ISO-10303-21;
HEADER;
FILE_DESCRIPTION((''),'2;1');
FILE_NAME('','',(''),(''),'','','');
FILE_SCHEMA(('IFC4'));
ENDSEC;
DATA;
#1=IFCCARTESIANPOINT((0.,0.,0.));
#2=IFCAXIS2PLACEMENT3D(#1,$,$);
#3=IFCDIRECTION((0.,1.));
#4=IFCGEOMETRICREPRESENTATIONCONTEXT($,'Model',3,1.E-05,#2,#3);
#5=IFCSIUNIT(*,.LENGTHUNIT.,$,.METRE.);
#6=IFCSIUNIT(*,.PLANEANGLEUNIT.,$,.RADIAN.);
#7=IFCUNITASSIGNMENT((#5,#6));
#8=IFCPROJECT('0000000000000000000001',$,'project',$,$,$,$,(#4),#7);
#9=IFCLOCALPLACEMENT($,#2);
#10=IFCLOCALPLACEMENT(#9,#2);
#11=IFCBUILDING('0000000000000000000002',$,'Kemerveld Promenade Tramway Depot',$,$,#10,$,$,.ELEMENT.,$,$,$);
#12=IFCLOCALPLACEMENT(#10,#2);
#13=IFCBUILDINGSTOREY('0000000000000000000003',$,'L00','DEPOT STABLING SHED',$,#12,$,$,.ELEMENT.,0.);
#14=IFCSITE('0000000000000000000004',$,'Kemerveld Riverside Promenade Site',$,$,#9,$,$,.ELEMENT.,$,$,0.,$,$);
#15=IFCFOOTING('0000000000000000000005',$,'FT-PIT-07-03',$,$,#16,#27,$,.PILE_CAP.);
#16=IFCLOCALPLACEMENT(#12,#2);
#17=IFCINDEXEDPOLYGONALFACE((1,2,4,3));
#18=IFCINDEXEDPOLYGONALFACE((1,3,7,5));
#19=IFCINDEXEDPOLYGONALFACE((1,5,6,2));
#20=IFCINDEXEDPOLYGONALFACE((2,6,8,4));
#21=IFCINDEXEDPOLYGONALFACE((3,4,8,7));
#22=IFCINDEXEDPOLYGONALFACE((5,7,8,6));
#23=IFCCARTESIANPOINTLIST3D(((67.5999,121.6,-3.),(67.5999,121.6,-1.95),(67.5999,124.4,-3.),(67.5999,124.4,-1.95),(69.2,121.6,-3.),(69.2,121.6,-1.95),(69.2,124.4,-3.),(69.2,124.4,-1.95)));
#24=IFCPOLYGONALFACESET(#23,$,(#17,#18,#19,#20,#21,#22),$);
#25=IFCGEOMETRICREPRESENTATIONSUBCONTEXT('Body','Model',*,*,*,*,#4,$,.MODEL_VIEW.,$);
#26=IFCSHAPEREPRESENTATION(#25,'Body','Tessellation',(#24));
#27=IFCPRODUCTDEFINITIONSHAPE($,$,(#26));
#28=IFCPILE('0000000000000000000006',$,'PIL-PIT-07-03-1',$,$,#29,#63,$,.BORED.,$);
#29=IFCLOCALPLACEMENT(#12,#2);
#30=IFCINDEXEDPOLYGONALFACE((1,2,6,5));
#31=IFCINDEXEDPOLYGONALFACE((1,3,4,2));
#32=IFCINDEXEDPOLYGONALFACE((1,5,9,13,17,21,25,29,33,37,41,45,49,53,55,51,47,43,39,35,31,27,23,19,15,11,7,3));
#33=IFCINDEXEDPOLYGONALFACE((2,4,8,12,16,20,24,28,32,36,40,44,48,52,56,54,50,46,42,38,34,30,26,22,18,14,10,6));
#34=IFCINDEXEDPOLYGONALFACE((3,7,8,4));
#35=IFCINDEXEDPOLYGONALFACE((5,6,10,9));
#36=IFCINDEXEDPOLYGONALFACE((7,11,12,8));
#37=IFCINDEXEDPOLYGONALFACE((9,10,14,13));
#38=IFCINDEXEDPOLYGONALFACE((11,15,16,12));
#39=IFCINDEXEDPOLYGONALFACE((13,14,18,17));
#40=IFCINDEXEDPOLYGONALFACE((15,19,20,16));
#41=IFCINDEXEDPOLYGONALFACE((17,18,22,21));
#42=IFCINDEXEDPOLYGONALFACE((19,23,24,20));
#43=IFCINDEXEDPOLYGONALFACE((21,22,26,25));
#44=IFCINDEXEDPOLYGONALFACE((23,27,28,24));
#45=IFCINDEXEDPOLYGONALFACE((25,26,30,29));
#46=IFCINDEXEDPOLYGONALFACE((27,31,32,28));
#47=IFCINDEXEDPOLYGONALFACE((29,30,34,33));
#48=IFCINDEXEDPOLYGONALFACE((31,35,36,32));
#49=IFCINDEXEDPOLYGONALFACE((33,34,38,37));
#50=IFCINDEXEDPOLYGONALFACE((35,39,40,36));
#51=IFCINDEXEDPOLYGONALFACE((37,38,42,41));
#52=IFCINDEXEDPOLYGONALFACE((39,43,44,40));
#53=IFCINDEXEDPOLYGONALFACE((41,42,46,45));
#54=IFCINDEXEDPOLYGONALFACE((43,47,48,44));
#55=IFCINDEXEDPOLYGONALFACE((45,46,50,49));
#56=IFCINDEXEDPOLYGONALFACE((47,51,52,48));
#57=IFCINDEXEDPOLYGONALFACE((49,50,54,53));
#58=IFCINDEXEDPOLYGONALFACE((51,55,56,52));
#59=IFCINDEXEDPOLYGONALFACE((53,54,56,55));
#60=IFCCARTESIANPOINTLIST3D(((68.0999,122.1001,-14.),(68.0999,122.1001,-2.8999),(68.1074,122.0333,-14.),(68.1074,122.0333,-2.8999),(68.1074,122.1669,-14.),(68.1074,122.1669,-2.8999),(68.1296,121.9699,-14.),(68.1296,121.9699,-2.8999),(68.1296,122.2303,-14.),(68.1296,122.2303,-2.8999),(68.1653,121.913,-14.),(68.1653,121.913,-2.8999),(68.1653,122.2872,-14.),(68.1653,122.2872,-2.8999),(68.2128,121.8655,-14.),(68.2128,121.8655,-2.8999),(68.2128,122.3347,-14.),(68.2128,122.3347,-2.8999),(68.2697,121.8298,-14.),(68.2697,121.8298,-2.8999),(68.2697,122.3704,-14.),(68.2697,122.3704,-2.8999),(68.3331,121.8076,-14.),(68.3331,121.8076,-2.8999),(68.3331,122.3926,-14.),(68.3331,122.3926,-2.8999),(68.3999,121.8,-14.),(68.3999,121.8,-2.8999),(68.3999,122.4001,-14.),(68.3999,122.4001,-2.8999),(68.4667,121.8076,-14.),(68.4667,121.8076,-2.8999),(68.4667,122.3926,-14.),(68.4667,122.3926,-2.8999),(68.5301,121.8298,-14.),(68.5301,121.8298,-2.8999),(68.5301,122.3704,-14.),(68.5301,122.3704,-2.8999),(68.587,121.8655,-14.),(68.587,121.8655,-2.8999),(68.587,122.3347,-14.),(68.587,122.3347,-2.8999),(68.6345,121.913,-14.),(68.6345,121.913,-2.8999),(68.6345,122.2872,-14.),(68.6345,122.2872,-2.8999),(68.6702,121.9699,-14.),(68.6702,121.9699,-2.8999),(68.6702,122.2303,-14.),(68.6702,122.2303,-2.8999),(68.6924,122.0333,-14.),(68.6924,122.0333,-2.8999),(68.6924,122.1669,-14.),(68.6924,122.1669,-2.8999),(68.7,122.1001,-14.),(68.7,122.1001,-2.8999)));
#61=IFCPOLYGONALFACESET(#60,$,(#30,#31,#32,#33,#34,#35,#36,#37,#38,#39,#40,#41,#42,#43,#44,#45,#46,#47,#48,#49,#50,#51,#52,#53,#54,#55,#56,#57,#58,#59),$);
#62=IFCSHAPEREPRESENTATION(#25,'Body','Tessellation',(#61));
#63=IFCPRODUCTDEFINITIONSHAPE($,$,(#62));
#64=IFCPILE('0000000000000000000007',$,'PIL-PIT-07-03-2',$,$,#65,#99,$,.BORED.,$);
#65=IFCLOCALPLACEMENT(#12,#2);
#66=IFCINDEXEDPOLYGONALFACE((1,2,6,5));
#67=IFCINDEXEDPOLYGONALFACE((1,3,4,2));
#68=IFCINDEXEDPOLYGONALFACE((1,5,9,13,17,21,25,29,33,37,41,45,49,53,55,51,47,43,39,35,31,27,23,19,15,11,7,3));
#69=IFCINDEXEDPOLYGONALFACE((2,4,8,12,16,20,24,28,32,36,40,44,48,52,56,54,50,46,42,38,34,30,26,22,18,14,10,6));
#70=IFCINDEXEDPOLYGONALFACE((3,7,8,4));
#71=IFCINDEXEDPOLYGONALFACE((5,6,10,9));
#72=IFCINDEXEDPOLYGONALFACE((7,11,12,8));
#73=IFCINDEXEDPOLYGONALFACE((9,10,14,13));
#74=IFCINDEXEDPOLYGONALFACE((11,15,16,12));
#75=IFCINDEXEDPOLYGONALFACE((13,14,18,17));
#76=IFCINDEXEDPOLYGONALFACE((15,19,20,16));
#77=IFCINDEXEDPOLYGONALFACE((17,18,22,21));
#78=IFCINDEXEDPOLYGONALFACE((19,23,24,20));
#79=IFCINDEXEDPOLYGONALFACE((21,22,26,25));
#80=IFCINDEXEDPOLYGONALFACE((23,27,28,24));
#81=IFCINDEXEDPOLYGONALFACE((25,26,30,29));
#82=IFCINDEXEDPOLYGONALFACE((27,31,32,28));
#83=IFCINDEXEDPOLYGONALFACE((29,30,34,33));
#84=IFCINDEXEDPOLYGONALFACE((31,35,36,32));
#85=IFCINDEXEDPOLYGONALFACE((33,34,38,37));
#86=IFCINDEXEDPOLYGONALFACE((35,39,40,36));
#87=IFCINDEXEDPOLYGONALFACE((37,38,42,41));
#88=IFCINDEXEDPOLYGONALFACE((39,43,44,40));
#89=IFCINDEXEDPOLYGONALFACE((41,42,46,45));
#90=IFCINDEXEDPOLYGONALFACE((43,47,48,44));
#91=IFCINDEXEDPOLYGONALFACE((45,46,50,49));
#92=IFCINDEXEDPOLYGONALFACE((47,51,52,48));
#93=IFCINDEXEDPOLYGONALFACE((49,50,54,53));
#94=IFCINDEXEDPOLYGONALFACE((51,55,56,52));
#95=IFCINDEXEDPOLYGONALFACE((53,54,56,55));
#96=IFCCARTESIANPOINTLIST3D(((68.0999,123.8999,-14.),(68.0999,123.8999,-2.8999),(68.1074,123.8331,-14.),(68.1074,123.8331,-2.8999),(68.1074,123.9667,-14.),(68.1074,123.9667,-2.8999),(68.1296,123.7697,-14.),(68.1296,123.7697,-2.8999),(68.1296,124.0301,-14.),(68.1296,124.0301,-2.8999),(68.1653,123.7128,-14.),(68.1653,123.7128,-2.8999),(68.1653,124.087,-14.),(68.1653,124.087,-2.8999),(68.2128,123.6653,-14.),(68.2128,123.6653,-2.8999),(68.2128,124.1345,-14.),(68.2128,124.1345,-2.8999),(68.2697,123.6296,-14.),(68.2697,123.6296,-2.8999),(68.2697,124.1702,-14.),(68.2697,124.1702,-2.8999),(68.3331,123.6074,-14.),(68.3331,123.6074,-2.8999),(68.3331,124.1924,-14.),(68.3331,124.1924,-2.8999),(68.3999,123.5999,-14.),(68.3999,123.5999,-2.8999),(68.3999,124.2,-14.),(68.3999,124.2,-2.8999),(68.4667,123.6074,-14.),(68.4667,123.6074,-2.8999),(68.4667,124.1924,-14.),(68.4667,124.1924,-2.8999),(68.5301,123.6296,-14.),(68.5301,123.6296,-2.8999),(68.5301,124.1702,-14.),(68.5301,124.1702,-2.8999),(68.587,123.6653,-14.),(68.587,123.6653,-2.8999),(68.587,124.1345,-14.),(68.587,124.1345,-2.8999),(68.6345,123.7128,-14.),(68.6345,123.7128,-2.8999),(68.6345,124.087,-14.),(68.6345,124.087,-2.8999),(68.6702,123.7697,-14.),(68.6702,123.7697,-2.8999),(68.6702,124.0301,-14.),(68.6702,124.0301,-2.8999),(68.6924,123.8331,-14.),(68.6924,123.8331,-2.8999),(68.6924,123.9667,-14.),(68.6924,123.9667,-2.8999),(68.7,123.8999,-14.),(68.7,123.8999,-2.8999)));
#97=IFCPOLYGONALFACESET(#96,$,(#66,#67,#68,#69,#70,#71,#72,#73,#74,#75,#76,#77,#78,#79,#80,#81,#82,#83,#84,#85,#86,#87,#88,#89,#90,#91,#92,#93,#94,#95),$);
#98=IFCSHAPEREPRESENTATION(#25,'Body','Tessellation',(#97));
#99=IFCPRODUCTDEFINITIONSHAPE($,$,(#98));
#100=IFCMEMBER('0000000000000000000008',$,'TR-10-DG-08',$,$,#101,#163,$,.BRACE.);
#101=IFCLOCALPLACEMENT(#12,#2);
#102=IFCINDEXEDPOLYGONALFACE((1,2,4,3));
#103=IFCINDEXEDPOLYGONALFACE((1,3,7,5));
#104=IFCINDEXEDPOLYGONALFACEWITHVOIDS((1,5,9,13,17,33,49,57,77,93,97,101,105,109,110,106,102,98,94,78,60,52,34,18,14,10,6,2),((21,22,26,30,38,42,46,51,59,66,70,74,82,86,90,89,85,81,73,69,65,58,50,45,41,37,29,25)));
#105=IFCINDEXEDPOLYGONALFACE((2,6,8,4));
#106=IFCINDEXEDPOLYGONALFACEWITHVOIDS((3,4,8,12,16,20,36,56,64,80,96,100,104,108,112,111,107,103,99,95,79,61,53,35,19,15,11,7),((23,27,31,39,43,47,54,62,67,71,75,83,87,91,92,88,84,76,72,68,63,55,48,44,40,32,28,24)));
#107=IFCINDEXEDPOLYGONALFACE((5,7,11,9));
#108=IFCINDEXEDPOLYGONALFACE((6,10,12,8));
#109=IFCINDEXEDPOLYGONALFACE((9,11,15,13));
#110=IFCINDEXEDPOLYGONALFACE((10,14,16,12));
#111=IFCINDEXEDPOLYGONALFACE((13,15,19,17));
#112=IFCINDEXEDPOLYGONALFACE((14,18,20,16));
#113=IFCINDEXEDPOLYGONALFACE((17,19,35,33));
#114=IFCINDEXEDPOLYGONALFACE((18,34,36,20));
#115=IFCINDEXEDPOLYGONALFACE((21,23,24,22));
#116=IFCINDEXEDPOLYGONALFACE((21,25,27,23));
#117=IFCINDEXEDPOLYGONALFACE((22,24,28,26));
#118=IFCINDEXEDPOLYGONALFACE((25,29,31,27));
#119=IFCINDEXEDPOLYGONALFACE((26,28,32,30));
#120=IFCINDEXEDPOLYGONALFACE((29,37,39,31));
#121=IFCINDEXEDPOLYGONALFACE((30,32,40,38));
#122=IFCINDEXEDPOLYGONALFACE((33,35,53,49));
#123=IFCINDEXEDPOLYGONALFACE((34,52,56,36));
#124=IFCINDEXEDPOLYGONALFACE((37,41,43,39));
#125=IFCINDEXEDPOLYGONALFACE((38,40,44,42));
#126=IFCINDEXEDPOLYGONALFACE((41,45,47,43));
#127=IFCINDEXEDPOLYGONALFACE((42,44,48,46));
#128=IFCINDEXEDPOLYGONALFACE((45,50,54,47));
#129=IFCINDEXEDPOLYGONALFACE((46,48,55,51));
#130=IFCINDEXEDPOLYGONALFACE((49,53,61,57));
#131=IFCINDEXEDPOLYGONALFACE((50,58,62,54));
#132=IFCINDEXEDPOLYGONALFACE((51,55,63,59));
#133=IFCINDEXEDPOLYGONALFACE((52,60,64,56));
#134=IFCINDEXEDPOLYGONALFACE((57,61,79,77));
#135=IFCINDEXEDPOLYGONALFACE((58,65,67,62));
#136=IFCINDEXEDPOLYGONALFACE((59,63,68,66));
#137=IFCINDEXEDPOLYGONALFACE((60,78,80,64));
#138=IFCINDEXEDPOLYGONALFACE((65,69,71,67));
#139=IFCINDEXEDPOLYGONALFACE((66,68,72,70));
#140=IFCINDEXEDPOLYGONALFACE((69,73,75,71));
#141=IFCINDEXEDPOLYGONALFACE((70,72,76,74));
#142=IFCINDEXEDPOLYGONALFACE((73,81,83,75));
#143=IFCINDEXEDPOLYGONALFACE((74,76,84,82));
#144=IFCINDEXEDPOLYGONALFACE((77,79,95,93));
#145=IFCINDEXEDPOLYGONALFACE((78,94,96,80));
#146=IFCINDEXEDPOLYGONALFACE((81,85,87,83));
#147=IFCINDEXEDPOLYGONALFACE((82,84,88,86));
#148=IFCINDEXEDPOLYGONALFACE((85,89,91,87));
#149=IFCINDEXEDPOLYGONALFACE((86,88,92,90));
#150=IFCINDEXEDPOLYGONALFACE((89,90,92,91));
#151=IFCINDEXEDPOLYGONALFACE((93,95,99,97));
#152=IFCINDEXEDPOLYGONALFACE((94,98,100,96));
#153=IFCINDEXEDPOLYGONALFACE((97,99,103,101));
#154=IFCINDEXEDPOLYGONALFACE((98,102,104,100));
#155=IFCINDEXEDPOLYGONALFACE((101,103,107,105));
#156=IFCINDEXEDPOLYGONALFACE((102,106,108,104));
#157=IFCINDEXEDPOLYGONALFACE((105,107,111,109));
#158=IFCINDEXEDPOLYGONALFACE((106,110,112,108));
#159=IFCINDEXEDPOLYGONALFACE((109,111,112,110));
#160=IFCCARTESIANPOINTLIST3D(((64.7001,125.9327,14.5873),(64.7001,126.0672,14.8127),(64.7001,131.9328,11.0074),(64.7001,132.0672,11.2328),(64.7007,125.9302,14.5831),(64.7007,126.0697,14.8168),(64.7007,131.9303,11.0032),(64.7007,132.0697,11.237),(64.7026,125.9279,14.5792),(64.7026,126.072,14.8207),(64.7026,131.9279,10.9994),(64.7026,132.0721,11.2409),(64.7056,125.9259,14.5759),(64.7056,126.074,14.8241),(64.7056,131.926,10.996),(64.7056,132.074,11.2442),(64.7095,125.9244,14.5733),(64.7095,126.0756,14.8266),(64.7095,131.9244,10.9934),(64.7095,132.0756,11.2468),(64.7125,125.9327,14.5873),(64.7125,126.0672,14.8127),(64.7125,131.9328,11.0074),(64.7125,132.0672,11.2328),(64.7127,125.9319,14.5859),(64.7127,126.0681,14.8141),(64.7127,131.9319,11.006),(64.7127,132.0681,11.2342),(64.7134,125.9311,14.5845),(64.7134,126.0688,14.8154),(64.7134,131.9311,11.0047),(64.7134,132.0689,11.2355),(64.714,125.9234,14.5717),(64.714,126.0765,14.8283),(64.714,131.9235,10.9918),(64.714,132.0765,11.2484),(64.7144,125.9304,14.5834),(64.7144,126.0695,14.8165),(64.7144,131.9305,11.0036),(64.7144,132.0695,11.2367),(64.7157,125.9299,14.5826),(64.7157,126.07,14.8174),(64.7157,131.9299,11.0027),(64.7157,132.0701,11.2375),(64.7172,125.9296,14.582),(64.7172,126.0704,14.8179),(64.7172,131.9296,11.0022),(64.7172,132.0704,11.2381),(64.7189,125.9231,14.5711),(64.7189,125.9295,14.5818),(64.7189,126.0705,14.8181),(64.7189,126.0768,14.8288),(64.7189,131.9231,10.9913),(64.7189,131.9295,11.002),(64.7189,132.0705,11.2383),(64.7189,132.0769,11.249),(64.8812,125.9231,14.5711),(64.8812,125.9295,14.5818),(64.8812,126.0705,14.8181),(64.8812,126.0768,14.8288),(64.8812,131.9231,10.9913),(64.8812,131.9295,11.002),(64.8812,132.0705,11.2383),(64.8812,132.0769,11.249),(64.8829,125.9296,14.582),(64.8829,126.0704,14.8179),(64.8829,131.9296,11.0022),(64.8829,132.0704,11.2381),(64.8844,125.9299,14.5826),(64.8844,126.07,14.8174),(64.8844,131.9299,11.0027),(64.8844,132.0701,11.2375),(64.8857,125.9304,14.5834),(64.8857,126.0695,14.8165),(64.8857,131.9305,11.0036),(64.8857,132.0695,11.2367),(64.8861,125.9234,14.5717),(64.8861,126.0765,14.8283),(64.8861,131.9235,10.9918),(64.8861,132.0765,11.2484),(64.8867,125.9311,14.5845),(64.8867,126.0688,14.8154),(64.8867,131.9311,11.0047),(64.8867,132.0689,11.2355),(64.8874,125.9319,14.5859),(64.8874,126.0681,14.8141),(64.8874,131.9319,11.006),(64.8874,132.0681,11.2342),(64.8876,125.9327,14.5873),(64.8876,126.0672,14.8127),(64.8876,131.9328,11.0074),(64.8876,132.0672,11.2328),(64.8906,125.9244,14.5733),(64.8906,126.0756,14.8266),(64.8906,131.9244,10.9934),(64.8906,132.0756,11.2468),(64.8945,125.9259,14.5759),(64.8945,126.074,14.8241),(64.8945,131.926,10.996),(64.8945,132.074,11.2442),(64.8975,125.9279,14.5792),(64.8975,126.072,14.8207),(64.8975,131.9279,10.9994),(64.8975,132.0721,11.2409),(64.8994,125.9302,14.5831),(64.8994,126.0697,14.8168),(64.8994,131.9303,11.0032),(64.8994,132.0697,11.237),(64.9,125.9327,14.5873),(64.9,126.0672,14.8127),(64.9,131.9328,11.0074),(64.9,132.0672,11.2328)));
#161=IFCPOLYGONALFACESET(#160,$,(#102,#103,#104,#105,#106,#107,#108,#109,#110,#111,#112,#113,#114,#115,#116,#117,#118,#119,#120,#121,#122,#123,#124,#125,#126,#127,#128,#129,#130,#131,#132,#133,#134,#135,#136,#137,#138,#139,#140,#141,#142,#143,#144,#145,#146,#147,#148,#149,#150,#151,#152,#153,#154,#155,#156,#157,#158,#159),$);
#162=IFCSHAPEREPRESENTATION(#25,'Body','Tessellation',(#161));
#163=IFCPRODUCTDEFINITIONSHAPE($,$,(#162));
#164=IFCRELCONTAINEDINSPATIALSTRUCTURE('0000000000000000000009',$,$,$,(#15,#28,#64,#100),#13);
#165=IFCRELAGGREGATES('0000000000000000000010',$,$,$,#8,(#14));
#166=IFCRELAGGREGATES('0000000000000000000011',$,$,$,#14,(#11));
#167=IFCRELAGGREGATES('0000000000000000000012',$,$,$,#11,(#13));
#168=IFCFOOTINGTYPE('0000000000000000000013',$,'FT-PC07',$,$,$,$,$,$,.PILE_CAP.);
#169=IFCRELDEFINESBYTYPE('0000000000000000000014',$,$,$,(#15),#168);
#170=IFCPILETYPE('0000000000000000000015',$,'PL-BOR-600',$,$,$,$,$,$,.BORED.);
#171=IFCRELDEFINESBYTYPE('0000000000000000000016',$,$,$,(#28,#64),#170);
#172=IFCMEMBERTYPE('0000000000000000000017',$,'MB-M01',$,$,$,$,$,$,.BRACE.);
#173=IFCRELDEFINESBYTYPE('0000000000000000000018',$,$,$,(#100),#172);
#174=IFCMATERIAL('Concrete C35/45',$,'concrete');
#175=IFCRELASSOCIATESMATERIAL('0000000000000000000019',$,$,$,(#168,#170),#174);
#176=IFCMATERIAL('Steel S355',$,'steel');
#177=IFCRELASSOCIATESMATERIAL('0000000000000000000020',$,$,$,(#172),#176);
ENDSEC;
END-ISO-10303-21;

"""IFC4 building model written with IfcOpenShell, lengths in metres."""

from ifc_helpers import new_model, si_unit, direction, frame, origin, origin_2d, place, context, subcontext, project, spatial, rectangle, hollow_rectangle, circle, extrude, material, material_profile, profile_set, type_object, element, save


model = new_model("IFC4")

# Units and contexts
model_context = context("Model", 3, precision=1e-05, world=origin(), true_north=direction((0.0, 1.0)))
body_context = subcontext(model_context, "Body", "Model", "MODEL_VIEW")
ifc_project = project(units=[si_unit("LENGTHUNIT", "METRE"), si_unit("PLANEANGLEUNIT", "RADIAN")], contexts=[model_context])

# Site, building, storey
site_placement = place(None, origin())
site = spatial("IfcSite", under=ifc_project, at=site_placement, Name="Kemerveld Riverside Promenade Site", CompositionType="ELEMENT", RefElevation=0.0)
building_placement = place(site_placement, origin())
building = spatial("IfcBuilding", under=site, at=building_placement, Name="Kemerveld Promenade Tramway Depot", CompositionType="ELEMENT")
storey_placement = place(building_placement, origin())
storey = spatial("IfcBuildingStorey", under=building, at=storey_placement, Name="L00", Description="DEPOT STABLING SHED", CompositionType="ELEMENT", Elevation=0.0)

# Footing
ifc_material_1 = material(Name="Concrete C35/45", Category="concrete")
footing_type = type_object("IfcFootingType", Name="FT-PC07", PredefinedType="PILE_CAP", material=ifc_material_1)
footing_placement = place(storey_placement, frame((68.3999, 123.0, -3.0), z_axis=(0.0, 0.0, 1.0), x_axis=(1.0, 0.0, 0.0)))
element("IfcFooting", 1, at=footing_placement, inside=storey, type_object=footing_type, Name="FT-PIT-07-03", PredefinedType="PILE_CAP", context=body_context, shape_type="SweptSolid", body=[
    extrude(rectangle(XDim=1.6001, YDim=2.8, at=origin_2d()), origin(), (0.0, 0.0, 1.0), 1.05),
])

# Piles
ifc_material_profile_1 = material_profile(ifc_material_1, circle(Radius=0.3, at=origin_2d()), Name="PILE-D600")
ifc_profile_set_1 = profile_set([ifc_material_profile_1], Name="Concrete C35/45")
pile_type = type_object("IfcPileType", Name="PL-BOR-600", PredefinedType="BORED", material=ifc_profile_set_1)
for number, where, z_axis, x_axis, name in (
    (2, (68.3999, 122.1001, -2.8999), (0.0, 0.0, -1.0), (1.0, 0.0, 0.0), "PIL-PIT-07-03-1"),
    (3, (68.3999, 123.8999, -2.8999), (0.0, 0.0, -1.0), (1.0, 0.0, 0.0), "PIL-PIT-07-03-2"),
):
    element("IfcPile", number, at=place(storey_placement, frame(where, z_axis=z_axis, x_axis=x_axis)), inside=storey, type_object=pile_type, Name=name, PredefinedType="BORED", context=body_context, shape_type="SweptSolid", body=[
        extrude(circle(Radius=0.3, at=origin_2d()), origin(), (0.0, 0.0, 1.0), 11.1001),
    ])

# Member
ifc_material_2 = material(Name="Steel S355", Category="steel")
ifc_material_profile_2 = material_profile(ifc_material_2, hollow_rectangle(XDim=0.2, YDim=0.3, WallThickness=0.0125, InnerFilletRadius=0.0063, OuterFilletRadius=0.0188, at=origin_2d()), Name="300x200x12.5 RHS")
ifc_profile_set_2 = profile_set([ifc_material_profile_2], Name="Steel S355")
member_type_1 = type_object("IfcMemberType", Name="MB-M01", PredefinedType="BRACE", material=ifc_profile_set_2)
member_1_placement = place(storey_placement, frame((64.8, 132.0, 11.1201), z_axis=(0.0, -0.858764, 0.512372), x_axis=(1.0, 0.0, 0.0)))
element("IfcMember", 4, at=member_1_placement, inside=storey, type_object=member_type_1, Name="TR-10-DG-08", PredefinedType="BRACE", context=body_context, shape_type="SweptSolid", body=[
    extrude(hollow_rectangle(XDim=0.2, YDim=0.3, WallThickness=0.0125, InnerFilletRadius=0.0063, OuterFilletRadius=0.0188, at=origin_2d()), origin(), (0.0, 0.0, 1.0), 6.9868),
])

save(model, "model.ifc")
